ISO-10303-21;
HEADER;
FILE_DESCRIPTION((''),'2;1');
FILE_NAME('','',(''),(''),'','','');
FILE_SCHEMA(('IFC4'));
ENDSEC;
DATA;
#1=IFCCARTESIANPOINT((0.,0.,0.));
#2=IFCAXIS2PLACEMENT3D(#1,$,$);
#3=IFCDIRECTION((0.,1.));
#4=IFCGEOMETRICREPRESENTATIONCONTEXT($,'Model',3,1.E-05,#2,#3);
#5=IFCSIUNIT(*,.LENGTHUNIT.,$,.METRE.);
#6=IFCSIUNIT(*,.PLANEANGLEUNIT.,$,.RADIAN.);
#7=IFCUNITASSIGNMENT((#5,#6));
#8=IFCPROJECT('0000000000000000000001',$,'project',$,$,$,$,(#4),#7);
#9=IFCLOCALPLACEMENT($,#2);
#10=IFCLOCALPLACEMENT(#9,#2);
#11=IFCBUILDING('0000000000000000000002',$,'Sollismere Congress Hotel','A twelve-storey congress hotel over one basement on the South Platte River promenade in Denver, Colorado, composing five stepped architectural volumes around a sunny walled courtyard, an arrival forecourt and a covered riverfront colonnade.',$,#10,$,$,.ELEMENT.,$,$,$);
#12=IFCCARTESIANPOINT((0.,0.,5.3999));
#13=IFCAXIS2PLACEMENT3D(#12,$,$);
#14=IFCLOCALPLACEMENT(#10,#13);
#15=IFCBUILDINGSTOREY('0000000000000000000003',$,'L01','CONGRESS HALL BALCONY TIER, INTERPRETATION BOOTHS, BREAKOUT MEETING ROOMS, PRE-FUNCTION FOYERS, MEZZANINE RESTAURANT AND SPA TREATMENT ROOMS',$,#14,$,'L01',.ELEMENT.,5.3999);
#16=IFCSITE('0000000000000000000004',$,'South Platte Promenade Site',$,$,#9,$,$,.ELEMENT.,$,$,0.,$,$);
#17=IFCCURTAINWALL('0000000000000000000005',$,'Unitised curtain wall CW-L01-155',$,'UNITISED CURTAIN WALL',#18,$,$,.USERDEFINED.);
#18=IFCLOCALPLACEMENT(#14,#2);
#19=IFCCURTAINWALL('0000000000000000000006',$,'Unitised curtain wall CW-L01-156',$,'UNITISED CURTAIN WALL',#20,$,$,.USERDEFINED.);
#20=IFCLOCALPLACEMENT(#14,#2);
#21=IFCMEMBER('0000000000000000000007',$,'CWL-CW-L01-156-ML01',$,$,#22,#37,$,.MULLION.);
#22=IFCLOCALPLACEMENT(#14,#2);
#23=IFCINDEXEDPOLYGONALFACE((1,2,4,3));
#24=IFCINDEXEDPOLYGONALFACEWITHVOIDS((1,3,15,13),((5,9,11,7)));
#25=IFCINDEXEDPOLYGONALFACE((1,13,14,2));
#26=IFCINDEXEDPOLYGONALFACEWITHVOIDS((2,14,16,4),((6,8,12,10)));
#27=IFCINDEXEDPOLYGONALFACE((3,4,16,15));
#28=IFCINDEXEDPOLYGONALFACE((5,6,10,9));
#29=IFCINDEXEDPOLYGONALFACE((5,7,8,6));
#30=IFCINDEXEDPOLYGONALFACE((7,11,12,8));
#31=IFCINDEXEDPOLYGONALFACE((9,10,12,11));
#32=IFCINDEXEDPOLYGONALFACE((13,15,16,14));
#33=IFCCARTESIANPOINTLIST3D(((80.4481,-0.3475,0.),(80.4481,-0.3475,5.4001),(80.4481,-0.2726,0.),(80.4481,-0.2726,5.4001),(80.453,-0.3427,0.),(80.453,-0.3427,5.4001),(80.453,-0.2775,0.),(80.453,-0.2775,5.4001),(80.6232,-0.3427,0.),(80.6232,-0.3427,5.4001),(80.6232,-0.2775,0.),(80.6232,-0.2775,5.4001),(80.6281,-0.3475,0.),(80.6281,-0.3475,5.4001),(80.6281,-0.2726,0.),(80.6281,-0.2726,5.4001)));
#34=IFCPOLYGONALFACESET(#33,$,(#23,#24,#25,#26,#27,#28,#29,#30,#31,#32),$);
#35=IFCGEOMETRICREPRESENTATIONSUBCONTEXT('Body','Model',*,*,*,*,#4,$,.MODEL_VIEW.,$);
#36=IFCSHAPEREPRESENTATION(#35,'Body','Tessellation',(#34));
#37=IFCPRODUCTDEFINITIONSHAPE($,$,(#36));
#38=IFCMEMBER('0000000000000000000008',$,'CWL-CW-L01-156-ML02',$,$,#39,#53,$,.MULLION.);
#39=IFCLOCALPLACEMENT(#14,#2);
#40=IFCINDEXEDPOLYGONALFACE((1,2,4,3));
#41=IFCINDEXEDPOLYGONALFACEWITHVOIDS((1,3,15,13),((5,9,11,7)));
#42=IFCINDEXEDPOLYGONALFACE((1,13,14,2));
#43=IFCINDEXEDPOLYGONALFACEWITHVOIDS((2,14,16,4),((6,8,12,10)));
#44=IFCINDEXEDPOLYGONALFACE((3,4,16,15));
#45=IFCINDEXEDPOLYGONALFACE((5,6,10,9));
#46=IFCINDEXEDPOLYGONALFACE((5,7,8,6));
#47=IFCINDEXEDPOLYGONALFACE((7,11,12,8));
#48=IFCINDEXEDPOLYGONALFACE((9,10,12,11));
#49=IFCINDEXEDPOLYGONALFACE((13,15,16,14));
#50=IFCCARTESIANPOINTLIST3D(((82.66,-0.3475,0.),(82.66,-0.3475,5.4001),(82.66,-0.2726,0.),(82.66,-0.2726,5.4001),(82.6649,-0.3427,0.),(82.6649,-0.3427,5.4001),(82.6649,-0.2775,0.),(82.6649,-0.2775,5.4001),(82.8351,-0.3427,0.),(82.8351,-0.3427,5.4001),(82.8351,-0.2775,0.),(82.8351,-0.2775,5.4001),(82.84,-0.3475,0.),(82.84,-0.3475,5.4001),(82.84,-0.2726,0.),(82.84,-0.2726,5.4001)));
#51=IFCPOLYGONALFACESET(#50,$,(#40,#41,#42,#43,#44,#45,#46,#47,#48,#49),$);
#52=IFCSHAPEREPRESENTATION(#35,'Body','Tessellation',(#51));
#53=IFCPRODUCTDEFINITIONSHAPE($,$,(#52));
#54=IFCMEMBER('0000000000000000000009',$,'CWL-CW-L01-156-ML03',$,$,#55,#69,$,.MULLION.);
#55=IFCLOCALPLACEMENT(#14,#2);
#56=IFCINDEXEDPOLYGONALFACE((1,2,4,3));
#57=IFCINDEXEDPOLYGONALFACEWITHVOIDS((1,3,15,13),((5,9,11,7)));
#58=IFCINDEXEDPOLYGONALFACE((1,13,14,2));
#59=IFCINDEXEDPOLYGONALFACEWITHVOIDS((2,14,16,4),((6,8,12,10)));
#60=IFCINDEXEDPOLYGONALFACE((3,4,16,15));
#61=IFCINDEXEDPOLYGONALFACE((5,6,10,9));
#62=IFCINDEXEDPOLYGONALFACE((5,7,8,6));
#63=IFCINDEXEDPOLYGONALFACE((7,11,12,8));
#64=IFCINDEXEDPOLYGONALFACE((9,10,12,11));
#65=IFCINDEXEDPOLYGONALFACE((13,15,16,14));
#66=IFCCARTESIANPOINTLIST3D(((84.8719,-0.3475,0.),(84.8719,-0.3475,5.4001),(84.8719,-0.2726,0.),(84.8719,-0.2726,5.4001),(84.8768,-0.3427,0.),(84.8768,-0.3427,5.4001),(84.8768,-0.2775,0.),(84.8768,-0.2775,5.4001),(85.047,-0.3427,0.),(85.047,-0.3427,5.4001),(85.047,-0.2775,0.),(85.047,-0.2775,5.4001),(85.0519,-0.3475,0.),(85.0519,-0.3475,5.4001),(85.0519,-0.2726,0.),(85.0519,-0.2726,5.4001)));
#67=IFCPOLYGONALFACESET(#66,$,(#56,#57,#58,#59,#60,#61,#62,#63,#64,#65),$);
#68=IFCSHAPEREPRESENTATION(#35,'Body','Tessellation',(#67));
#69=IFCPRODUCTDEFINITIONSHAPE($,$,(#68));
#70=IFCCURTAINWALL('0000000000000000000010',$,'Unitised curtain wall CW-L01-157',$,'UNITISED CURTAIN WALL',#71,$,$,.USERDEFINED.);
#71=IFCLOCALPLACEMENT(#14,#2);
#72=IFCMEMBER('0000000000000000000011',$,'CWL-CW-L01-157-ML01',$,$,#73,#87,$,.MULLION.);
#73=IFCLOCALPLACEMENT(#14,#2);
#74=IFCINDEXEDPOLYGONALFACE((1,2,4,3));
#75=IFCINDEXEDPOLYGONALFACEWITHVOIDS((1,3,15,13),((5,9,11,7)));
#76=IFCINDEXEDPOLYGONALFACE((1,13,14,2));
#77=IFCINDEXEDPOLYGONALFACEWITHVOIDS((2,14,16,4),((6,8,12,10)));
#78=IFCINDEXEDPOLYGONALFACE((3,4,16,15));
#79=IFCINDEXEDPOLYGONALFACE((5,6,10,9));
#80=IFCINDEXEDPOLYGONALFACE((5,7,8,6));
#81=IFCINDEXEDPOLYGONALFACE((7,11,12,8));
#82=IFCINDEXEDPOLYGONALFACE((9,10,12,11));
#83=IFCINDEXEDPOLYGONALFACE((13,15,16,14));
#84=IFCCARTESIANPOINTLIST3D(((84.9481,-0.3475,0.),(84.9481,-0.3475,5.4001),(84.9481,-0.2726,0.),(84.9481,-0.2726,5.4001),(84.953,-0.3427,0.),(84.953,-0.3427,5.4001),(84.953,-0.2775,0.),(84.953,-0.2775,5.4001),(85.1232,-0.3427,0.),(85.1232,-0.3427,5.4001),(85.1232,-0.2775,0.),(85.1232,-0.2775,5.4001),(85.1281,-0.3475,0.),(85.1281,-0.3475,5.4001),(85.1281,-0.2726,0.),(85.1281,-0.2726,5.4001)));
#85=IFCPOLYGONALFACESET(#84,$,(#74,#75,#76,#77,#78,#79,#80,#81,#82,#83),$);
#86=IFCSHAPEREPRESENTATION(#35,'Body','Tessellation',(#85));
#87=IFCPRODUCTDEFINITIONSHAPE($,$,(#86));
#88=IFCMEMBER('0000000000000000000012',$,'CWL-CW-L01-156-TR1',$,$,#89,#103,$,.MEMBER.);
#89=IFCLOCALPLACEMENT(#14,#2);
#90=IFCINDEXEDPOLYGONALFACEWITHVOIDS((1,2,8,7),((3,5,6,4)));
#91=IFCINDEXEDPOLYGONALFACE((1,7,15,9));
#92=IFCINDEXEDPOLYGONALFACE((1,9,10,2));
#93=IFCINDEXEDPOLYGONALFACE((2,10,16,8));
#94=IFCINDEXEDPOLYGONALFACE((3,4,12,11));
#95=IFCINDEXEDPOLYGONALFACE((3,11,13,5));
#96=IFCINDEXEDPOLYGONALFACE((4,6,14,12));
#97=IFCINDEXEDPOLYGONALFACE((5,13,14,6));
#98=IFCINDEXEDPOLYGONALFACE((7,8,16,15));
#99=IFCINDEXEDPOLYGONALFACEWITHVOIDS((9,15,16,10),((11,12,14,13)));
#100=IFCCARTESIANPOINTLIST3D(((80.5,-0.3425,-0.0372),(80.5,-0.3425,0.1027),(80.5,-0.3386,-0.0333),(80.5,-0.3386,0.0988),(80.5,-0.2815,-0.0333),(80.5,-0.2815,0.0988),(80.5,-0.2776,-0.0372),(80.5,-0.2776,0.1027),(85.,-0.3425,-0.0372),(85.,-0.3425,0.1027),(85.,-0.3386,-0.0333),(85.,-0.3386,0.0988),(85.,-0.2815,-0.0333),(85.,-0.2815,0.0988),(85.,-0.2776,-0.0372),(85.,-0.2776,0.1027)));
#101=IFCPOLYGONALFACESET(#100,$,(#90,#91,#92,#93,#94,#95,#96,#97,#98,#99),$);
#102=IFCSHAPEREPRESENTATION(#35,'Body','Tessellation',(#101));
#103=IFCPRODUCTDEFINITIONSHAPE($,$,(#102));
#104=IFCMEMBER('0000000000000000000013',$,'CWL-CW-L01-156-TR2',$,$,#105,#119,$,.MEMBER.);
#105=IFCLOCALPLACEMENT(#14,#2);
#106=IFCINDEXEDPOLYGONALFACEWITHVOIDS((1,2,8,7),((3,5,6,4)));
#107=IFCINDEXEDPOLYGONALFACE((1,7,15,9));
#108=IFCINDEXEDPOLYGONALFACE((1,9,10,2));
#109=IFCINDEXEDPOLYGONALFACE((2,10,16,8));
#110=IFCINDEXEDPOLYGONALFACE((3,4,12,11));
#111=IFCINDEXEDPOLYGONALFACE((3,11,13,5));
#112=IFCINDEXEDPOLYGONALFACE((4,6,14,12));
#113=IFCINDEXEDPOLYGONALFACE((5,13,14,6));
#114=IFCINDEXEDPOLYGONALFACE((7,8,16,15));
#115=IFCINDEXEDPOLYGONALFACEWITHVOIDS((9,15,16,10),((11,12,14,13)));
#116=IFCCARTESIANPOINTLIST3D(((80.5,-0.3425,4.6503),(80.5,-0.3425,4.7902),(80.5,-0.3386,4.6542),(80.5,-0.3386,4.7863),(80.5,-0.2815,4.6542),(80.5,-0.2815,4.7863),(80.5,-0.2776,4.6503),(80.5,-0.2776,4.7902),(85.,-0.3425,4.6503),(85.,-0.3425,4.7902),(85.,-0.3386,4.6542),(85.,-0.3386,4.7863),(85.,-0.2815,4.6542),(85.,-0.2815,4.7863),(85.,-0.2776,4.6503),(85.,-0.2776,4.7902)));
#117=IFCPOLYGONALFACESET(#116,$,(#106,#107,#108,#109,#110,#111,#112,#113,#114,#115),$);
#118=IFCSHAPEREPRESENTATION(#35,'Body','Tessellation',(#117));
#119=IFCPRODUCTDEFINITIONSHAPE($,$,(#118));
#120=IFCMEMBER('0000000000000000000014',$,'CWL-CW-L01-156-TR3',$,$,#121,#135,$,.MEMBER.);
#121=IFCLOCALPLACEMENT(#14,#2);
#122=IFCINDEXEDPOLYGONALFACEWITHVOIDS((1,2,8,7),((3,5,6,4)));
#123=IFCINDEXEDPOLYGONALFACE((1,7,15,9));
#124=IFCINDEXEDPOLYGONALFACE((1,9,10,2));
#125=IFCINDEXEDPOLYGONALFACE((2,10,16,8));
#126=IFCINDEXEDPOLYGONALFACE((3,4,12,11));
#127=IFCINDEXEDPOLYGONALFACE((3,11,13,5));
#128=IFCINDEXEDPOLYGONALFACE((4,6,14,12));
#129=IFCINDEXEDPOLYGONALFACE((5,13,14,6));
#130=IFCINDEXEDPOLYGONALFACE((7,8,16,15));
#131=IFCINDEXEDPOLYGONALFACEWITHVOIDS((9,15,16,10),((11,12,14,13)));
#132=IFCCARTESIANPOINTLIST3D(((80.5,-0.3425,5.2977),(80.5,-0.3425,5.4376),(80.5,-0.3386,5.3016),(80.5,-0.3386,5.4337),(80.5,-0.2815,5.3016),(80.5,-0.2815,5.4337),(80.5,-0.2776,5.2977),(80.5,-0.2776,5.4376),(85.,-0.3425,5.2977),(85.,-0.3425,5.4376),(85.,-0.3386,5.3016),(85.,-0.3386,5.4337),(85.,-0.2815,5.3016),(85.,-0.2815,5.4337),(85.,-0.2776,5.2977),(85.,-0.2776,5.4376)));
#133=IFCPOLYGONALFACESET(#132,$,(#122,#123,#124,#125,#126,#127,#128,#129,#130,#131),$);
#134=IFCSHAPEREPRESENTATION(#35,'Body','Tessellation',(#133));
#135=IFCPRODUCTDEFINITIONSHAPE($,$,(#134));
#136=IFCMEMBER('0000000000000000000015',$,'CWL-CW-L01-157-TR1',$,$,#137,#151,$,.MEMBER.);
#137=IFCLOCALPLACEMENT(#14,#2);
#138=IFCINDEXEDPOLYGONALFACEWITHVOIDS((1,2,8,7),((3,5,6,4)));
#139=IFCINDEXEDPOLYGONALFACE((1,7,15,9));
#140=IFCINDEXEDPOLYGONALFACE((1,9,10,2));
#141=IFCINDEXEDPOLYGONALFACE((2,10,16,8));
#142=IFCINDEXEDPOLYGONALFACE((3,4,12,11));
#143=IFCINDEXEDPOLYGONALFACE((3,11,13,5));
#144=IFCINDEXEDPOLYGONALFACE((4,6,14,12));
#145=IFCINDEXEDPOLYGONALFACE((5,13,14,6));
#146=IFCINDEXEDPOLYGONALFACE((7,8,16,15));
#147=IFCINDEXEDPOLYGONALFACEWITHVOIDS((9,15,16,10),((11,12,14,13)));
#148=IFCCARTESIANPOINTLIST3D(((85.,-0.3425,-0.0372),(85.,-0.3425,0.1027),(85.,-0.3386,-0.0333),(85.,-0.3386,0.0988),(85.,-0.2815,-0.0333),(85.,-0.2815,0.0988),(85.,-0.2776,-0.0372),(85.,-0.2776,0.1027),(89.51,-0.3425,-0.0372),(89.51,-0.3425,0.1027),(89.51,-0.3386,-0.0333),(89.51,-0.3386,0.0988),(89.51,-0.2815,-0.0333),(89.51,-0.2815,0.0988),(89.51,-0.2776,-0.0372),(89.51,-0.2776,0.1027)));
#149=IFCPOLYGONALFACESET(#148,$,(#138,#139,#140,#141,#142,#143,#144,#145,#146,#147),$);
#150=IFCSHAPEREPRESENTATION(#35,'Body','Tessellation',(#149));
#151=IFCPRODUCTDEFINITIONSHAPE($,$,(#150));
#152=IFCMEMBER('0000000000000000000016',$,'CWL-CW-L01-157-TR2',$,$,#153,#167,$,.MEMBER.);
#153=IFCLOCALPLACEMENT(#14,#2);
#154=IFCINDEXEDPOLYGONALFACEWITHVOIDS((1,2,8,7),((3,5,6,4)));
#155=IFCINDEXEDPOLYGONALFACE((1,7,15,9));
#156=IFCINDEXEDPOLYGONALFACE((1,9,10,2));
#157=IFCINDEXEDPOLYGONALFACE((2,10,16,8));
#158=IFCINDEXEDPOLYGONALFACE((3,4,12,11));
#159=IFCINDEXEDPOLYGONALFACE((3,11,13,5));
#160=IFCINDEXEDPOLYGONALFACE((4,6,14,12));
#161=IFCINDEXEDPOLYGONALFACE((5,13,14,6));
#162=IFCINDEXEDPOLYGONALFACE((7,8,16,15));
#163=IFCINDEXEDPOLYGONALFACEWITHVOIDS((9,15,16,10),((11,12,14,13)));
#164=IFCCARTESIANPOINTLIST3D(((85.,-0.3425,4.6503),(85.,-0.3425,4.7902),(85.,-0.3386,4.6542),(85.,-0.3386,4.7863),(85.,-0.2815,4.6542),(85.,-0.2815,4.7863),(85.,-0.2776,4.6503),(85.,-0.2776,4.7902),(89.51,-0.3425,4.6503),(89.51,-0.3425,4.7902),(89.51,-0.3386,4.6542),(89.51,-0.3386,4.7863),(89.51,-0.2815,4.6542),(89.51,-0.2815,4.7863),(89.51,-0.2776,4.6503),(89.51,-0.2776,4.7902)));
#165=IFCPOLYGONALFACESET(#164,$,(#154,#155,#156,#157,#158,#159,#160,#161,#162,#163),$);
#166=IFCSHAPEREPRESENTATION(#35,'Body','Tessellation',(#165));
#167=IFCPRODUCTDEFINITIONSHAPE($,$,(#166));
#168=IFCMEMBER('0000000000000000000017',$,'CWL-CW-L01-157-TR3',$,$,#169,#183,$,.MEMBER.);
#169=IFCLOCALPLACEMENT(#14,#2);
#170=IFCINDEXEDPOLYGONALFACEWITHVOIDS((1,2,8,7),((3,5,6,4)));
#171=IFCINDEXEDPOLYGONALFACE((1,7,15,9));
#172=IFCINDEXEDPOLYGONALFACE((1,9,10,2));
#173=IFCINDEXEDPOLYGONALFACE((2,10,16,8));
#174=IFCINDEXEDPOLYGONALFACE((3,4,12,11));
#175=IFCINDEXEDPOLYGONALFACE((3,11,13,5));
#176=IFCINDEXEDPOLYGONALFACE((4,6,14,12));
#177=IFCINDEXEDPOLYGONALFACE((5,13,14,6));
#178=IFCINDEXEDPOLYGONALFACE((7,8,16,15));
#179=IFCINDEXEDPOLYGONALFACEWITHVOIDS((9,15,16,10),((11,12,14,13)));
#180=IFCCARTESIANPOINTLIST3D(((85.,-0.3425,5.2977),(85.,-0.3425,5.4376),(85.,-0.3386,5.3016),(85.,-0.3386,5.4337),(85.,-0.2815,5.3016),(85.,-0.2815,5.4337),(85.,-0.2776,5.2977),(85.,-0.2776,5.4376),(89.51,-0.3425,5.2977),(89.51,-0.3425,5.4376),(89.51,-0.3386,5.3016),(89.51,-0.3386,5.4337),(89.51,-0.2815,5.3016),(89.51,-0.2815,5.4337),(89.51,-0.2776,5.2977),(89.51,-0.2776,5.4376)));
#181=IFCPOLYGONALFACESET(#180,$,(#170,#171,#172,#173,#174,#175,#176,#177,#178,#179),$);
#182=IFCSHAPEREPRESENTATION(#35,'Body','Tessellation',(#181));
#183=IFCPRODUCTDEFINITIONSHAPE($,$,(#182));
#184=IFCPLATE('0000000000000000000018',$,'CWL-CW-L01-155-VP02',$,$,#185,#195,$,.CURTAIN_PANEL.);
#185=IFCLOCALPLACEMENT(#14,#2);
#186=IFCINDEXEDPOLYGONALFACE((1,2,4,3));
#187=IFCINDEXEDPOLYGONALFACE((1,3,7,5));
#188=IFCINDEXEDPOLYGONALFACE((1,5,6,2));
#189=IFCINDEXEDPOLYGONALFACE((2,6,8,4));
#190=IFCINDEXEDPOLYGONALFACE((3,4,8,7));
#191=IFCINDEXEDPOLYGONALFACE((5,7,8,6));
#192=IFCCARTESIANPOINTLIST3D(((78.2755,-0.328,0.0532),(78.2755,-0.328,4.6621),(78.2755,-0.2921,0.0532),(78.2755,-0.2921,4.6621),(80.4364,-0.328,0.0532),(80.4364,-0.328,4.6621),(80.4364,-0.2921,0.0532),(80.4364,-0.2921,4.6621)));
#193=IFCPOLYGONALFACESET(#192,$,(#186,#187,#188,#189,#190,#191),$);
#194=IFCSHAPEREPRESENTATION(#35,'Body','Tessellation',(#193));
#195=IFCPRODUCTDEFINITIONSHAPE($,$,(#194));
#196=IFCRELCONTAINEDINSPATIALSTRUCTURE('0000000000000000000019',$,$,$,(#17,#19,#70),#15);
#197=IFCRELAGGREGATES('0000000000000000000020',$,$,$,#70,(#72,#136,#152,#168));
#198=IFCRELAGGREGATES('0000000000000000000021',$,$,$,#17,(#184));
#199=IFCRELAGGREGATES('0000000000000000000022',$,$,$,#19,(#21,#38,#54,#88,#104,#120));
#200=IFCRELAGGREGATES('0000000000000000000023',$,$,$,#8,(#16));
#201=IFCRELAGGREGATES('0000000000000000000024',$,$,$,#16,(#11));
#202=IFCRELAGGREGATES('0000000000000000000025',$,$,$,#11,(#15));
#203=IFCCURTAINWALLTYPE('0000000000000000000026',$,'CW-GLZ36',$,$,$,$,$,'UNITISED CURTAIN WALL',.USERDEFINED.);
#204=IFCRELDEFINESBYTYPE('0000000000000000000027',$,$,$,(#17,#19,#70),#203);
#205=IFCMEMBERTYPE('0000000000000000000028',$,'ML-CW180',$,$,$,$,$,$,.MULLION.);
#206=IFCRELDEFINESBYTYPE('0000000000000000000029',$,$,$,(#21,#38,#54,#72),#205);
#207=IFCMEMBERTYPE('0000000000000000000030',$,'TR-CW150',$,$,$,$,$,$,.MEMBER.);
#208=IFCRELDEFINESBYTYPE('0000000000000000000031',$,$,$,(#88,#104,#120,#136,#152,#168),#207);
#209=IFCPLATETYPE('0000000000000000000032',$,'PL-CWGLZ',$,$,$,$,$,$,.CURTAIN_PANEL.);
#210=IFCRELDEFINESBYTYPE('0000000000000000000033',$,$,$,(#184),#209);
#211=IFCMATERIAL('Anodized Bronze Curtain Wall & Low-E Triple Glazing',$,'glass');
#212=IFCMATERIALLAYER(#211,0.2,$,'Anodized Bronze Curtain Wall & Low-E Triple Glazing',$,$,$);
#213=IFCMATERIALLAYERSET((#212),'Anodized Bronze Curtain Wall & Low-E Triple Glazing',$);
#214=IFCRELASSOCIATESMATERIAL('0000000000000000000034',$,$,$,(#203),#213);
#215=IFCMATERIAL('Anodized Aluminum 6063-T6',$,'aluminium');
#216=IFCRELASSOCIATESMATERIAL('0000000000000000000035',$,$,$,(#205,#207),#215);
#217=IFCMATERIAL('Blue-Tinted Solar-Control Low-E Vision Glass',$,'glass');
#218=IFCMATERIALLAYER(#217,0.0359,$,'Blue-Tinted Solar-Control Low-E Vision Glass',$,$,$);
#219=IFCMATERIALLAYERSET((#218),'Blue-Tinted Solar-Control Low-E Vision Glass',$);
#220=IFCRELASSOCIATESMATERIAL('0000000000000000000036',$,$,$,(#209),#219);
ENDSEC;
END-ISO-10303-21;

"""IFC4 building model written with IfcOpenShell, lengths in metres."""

from ifc_helpers import new_model, si_unit, direction, frame, origin, origin_2d, place, context, subcontext, project, spatial, rectangle, hollow_rectangle, extrude, material, layer, layer_set, material_profile, profile_set, type_object, element, aggregate, save


model = new_model("IFC4")

# Units and contexts
model_context = context("Model", 3, precision=1e-05, world=origin(), true_north=direction((0.0, 1.0)))
body_context = subcontext(model_context, "Body", "Model", "MODEL_VIEW")
ifc_project = project(units=[si_unit("LENGTHUNIT", "METRE"), si_unit("PLANEANGLEUNIT", "RADIAN")], contexts=[model_context])

# Site, building, storey
site_placement = place(None, origin())
site = spatial("IfcSite", under=ifc_project, at=site_placement, Name="South Platte Promenade Site", CompositionType="ELEMENT", RefElevation=0.0)
building_placement = place(site_placement, origin())
building = spatial("IfcBuilding", under=site, at=building_placement, Name="Sollismere Congress Hotel", Description="A twelve-storey congress hotel over one basement on the South Platte River promenade in Denver, Colorado, composing five stepped architectural volumes around a sunny walled courtyard, an arrival forecourt and a covered riverfront colonnade.", CompositionType="ELEMENT")
storey_placement = place(building_placement, frame((0.0, 0.0, 5.3999)))
storey = spatial("IfcBuildingStorey", under=building, at=storey_placement, Name="L01", Description="CONGRESS HALL BALCONY TIER, INTERPRETATION BOOTHS, BREAKOUT MEETING ROOMS, PRE-FUNCTION FOYERS, MEZZANINE RESTAURANT AND SPA TREATMENT ROOMS", LongName="L01", CompositionType="ELEMENT", Elevation=5.3999)

# Curtain wall
ifc_material_1 = material(Name="Anodized Bronze Curtain Wall & Low-E Triple Glazing", Category="glass")
ifc_layer_1 = layer(ifc_material_1, 0.2, Name="Anodized Bronze Curtain Wall & Low-E Triple Glazing")
ifc_layer_set_1 = layer_set([ifc_layer_1], Name="Anodized Bronze Curtain Wall & Low-E Triple Glazing")
curtain_wall_type = type_object("IfcCurtainWallType", Name="CW-GLZ36", ElementType="UNITISED CURTAIN WALL", PredefinedType="USERDEFINED", material=ifc_layer_set_1)
curtain_wall_1_placement = place(storey_placement, origin())
curtain_wall_1 = element("IfcCurtainWall", 1, at=curtain_wall_1_placement, inside=storey, type_object=curtain_wall_type, Name="Unitised curtain wall CW-L01-155", ObjectType="UNITISED CURTAIN WALL", PredefinedType="USERDEFINED")
ifc_material_2 = material(Name="Anodized Aluminum 6063-T6", Category="aluminium")
ifc_material_profile_1 = material_profile(ifc_material_2, hollow_rectangle(XDim=0.075, YDim=0.1799, WallThickness=0.0049, at=origin_2d()), Name="ALU180X75X5")
ifc_profile_set_1 = profile_set([ifc_material_profile_1], Name="Anodized Aluminum 6063-T6")
member_type_1 = type_object("IfcMemberType", Name="ML-CW180", PredefinedType="MULLION", material=ifc_profile_set_1)

# Curtain wall, members
curtain_wall_2_placement = place(storey_placement, origin())
curtain_wall_2 = element("IfcCurtainWall", 2, at=curtain_wall_2_placement, inside=storey, type_object=curtain_wall_type, Name="Unitised curtain wall CW-L01-156", ObjectType="UNITISED CURTAIN WALL", PredefinedType="USERDEFINED")
member_1_placement = place(storey_placement, frame((80.5381, -0.3101, 0.0), z_axis=(0.0, 0.0, 1.0), x_axis=(0.0, 1.0, 0.0)))
member_1 = element("IfcMember", 3, at=member_1_placement, type_object=member_type_1, Name="CWL-CW-L01-156-ML01", PredefinedType="MULLION", context=body_context, shape_type="SweptSolid", body=[
    extrude(hollow_rectangle(XDim=0.075, YDim=0.1799, WallThickness=0.0049, at=origin_2d()), origin(), (0.0, 0.0, 1.0), 5.4001),
])
member_2_placement = place(storey_placement, frame((82.75, -0.3101, 0.0), z_axis=(0.0, 0.0, 1.0), x_axis=(0.0, 1.0, 0.0)))
member_2 = element("IfcMember", 4, at=member_2_placement, type_object=member_type_1, Name="CWL-CW-L01-156-ML02", PredefinedType="MULLION", context=body_context, shape_type="SweptSolid", body=[
    extrude(hollow_rectangle(XDim=0.075, YDim=0.1799, WallThickness=0.0049, at=origin_2d()), origin(), (0.0, 0.0, 1.0), 5.4001),
])
member_3_placement = place(storey_placement, frame((84.9619, -0.3101, 0.0), z_axis=(0.0, 0.0, 1.0), x_axis=(0.0, 1.0, 0.0)))
member_3 = element("IfcMember", 5, at=member_3_placement, type_object=member_type_1, Name="CWL-CW-L01-156-ML03", PredefinedType="MULLION", context=body_context, shape_type="SweptSolid", body=[
    extrude(hollow_rectangle(XDim=0.075, YDim=0.1799, WallThickness=0.0049, at=origin_2d()), origin(), (0.0, 0.0, 1.0), 5.4001),
])

# Curtain wall, member
curtain_wall_3_placement = place(storey_placement, origin())
curtain_wall_3 = element("IfcCurtainWall", 6, at=curtain_wall_3_placement, inside=storey, type_object=curtain_wall_type, Name="Unitised curtain wall CW-L01-157", ObjectType="UNITISED CURTAIN WALL", PredefinedType="USERDEFINED")
member_4_placement = place(storey_placement, frame((85.0381, -0.3101, 0.0), z_axis=(0.0, 0.0, 1.0), x_axis=(0.0, 1.0, 0.0)))
member_4 = element("IfcMember", 7, at=member_4_placement, type_object=member_type_1, Name="CWL-CW-L01-157-ML01", PredefinedType="MULLION", context=body_context, shape_type="SweptSolid", body=[
    extrude(hollow_rectangle(XDim=0.075, YDim=0.1799, WallThickness=0.0049, at=origin_2d()), origin(), (0.0, 0.0, 1.0), 5.4001),
])

# Members
ifc_material_profile_2 = material_profile(ifc_material_2, hollow_rectangle(XDim=0.0649, YDim=0.1399, WallThickness=0.0039, at=origin_2d()), Name="ALU140X65X4")
ifc_profile_set_2 = profile_set([ifc_material_profile_2], Name="Anodized Aluminum 6063-T6")
member_type_2 = type_object("IfcMemberType", Name="TR-CW150", PredefinedType="MEMBER", material=ifc_profile_set_2)
member_5_placement = place(storey_placement, frame((80.5, -0.3101, 0.0327), z_axis=(1.0, 0.0, 0.0), x_axis=(0.0, 1.0, 0.0)))
member_5 = element("IfcMember", 8, at=member_5_placement, type_object=member_type_2, Name="CWL-CW-L01-156-TR1", PredefinedType="MEMBER", context=body_context, shape_type="SweptSolid", body=[
    extrude(hollow_rectangle(XDim=0.0649, YDim=0.1399, WallThickness=0.0039, at=origin_2d()), origin(), (0.0, 0.0, 1.0), 4.5),
])
member_6_placement = place(storey_placement, frame((80.5, -0.3101, 4.7202), z_axis=(1.0, 0.0, 0.0), x_axis=(0.0, 1.0, 0.0)))
member_6 = element("IfcMember", 9, at=member_6_placement, type_object=member_type_2, Name="CWL-CW-L01-156-TR2", PredefinedType="MEMBER", context=body_context, shape_type="SweptSolid", body=[
    extrude(hollow_rectangle(XDim=0.0649, YDim=0.1399, WallThickness=0.0039, at=origin_2d()), origin(), (0.0, 0.0, 1.0), 4.5),
])
member_7_placement = place(storey_placement, frame((80.5, -0.3101, 5.3677), z_axis=(1.0, 0.0, 0.0), x_axis=(0.0, 1.0, 0.0)))
member_7 = element("IfcMember", 10, at=member_7_placement, type_object=member_type_2, Name="CWL-CW-L01-156-TR3", PredefinedType="MEMBER", context=body_context, shape_type="SweptSolid", body=[
    extrude(hollow_rectangle(XDim=0.0649, YDim=0.1399, WallThickness=0.0039, at=origin_2d()), origin(), (0.0, 0.0, 1.0), 4.5),
])
member_8_placement = place(storey_placement, frame((85.0, -0.3101, 0.0327), z_axis=(1.0, 0.0, 0.0), x_axis=(0.0, 1.0, 0.0)))
member_8 = element("IfcMember", 11, at=member_8_placement, type_object=member_type_2, Name="CWL-CW-L01-157-TR1", PredefinedType="MEMBER", context=body_context, shape_type="SweptSolid", body=[
    extrude(hollow_rectangle(XDim=0.0649, YDim=0.1399, WallThickness=0.0039, at=origin_2d()), origin(), (0.0, 0.0, 1.0), 4.51),
])
member_9_placement = place(storey_placement, frame((85.0, -0.3101, 4.7202), z_axis=(1.0, 0.0, 0.0), x_axis=(0.0, 1.0, 0.0)))
member_9 = element("IfcMember", 12, at=member_9_placement, type_object=member_type_2, Name="CWL-CW-L01-157-TR2", PredefinedType="MEMBER", context=body_context, shape_type="SweptSolid", body=[
    extrude(hollow_rectangle(XDim=0.0649, YDim=0.1399, WallThickness=0.0039, at=origin_2d()), origin(), (0.0, 0.0, 1.0), 4.51),
])
member_10_placement = place(storey_placement, frame((85.0, -0.3101, 5.3677), z_axis=(1.0, 0.0, 0.0), x_axis=(0.0, 1.0, 0.0)))
member_10 = element("IfcMember", 13, at=member_10_placement, type_object=member_type_2, Name="CWL-CW-L01-157-TR3", PredefinedType="MEMBER", context=body_context, shape_type="SweptSolid", body=[
    extrude(hollow_rectangle(XDim=0.0649, YDim=0.1399, WallThickness=0.0039, at=origin_2d()), origin(), (0.0, 0.0, 1.0), 4.51),
])
aggregate(curtain_wall_3, [member_4, member_8, member_9, member_10])

# Plate
ifc_material_3 = material(Name="Blue-Tinted Solar-Control Low-E Vision Glass", Category="glass")
ifc_layer_2 = layer(ifc_material_3, 0.0359, Name="Blue-Tinted Solar-Control Low-E Vision Glass")
ifc_layer_set_2 = layer_set([ifc_layer_2], Name="Blue-Tinted Solar-Control Low-E Vision Glass")
plate_type_1 = type_object("IfcPlateType", Name="PL-CWGLZ", PredefinedType="CURTAIN_PANEL", material=ifc_layer_set_2)
plate_1_placement = place(storey_placement, frame((79.356, -0.3101, 0.0532), z_axis=(0.0, 0.0, 1.0), x_axis=(1.0, 0.0, 0.0)))
plate_1 = element("IfcPlate", 14, at=plate_1_placement, type_object=plate_type_1, Name="CWL-CW-L01-155-VP02", PredefinedType="CURTAIN_PANEL", context=body_context, shape_type="SweptSolid", body=[
    extrude(rectangle(XDim=2.1609, YDim=0.0359, at=origin_2d()), origin(), (0.0, 0.0, 1.0), 4.6089),
])
aggregate(curtain_wall_1, [plate_1])
aggregate(curtain_wall_2, [member_1, member_2, member_3, member_5, member_6, member_7])

save(model, "model.ifc")
